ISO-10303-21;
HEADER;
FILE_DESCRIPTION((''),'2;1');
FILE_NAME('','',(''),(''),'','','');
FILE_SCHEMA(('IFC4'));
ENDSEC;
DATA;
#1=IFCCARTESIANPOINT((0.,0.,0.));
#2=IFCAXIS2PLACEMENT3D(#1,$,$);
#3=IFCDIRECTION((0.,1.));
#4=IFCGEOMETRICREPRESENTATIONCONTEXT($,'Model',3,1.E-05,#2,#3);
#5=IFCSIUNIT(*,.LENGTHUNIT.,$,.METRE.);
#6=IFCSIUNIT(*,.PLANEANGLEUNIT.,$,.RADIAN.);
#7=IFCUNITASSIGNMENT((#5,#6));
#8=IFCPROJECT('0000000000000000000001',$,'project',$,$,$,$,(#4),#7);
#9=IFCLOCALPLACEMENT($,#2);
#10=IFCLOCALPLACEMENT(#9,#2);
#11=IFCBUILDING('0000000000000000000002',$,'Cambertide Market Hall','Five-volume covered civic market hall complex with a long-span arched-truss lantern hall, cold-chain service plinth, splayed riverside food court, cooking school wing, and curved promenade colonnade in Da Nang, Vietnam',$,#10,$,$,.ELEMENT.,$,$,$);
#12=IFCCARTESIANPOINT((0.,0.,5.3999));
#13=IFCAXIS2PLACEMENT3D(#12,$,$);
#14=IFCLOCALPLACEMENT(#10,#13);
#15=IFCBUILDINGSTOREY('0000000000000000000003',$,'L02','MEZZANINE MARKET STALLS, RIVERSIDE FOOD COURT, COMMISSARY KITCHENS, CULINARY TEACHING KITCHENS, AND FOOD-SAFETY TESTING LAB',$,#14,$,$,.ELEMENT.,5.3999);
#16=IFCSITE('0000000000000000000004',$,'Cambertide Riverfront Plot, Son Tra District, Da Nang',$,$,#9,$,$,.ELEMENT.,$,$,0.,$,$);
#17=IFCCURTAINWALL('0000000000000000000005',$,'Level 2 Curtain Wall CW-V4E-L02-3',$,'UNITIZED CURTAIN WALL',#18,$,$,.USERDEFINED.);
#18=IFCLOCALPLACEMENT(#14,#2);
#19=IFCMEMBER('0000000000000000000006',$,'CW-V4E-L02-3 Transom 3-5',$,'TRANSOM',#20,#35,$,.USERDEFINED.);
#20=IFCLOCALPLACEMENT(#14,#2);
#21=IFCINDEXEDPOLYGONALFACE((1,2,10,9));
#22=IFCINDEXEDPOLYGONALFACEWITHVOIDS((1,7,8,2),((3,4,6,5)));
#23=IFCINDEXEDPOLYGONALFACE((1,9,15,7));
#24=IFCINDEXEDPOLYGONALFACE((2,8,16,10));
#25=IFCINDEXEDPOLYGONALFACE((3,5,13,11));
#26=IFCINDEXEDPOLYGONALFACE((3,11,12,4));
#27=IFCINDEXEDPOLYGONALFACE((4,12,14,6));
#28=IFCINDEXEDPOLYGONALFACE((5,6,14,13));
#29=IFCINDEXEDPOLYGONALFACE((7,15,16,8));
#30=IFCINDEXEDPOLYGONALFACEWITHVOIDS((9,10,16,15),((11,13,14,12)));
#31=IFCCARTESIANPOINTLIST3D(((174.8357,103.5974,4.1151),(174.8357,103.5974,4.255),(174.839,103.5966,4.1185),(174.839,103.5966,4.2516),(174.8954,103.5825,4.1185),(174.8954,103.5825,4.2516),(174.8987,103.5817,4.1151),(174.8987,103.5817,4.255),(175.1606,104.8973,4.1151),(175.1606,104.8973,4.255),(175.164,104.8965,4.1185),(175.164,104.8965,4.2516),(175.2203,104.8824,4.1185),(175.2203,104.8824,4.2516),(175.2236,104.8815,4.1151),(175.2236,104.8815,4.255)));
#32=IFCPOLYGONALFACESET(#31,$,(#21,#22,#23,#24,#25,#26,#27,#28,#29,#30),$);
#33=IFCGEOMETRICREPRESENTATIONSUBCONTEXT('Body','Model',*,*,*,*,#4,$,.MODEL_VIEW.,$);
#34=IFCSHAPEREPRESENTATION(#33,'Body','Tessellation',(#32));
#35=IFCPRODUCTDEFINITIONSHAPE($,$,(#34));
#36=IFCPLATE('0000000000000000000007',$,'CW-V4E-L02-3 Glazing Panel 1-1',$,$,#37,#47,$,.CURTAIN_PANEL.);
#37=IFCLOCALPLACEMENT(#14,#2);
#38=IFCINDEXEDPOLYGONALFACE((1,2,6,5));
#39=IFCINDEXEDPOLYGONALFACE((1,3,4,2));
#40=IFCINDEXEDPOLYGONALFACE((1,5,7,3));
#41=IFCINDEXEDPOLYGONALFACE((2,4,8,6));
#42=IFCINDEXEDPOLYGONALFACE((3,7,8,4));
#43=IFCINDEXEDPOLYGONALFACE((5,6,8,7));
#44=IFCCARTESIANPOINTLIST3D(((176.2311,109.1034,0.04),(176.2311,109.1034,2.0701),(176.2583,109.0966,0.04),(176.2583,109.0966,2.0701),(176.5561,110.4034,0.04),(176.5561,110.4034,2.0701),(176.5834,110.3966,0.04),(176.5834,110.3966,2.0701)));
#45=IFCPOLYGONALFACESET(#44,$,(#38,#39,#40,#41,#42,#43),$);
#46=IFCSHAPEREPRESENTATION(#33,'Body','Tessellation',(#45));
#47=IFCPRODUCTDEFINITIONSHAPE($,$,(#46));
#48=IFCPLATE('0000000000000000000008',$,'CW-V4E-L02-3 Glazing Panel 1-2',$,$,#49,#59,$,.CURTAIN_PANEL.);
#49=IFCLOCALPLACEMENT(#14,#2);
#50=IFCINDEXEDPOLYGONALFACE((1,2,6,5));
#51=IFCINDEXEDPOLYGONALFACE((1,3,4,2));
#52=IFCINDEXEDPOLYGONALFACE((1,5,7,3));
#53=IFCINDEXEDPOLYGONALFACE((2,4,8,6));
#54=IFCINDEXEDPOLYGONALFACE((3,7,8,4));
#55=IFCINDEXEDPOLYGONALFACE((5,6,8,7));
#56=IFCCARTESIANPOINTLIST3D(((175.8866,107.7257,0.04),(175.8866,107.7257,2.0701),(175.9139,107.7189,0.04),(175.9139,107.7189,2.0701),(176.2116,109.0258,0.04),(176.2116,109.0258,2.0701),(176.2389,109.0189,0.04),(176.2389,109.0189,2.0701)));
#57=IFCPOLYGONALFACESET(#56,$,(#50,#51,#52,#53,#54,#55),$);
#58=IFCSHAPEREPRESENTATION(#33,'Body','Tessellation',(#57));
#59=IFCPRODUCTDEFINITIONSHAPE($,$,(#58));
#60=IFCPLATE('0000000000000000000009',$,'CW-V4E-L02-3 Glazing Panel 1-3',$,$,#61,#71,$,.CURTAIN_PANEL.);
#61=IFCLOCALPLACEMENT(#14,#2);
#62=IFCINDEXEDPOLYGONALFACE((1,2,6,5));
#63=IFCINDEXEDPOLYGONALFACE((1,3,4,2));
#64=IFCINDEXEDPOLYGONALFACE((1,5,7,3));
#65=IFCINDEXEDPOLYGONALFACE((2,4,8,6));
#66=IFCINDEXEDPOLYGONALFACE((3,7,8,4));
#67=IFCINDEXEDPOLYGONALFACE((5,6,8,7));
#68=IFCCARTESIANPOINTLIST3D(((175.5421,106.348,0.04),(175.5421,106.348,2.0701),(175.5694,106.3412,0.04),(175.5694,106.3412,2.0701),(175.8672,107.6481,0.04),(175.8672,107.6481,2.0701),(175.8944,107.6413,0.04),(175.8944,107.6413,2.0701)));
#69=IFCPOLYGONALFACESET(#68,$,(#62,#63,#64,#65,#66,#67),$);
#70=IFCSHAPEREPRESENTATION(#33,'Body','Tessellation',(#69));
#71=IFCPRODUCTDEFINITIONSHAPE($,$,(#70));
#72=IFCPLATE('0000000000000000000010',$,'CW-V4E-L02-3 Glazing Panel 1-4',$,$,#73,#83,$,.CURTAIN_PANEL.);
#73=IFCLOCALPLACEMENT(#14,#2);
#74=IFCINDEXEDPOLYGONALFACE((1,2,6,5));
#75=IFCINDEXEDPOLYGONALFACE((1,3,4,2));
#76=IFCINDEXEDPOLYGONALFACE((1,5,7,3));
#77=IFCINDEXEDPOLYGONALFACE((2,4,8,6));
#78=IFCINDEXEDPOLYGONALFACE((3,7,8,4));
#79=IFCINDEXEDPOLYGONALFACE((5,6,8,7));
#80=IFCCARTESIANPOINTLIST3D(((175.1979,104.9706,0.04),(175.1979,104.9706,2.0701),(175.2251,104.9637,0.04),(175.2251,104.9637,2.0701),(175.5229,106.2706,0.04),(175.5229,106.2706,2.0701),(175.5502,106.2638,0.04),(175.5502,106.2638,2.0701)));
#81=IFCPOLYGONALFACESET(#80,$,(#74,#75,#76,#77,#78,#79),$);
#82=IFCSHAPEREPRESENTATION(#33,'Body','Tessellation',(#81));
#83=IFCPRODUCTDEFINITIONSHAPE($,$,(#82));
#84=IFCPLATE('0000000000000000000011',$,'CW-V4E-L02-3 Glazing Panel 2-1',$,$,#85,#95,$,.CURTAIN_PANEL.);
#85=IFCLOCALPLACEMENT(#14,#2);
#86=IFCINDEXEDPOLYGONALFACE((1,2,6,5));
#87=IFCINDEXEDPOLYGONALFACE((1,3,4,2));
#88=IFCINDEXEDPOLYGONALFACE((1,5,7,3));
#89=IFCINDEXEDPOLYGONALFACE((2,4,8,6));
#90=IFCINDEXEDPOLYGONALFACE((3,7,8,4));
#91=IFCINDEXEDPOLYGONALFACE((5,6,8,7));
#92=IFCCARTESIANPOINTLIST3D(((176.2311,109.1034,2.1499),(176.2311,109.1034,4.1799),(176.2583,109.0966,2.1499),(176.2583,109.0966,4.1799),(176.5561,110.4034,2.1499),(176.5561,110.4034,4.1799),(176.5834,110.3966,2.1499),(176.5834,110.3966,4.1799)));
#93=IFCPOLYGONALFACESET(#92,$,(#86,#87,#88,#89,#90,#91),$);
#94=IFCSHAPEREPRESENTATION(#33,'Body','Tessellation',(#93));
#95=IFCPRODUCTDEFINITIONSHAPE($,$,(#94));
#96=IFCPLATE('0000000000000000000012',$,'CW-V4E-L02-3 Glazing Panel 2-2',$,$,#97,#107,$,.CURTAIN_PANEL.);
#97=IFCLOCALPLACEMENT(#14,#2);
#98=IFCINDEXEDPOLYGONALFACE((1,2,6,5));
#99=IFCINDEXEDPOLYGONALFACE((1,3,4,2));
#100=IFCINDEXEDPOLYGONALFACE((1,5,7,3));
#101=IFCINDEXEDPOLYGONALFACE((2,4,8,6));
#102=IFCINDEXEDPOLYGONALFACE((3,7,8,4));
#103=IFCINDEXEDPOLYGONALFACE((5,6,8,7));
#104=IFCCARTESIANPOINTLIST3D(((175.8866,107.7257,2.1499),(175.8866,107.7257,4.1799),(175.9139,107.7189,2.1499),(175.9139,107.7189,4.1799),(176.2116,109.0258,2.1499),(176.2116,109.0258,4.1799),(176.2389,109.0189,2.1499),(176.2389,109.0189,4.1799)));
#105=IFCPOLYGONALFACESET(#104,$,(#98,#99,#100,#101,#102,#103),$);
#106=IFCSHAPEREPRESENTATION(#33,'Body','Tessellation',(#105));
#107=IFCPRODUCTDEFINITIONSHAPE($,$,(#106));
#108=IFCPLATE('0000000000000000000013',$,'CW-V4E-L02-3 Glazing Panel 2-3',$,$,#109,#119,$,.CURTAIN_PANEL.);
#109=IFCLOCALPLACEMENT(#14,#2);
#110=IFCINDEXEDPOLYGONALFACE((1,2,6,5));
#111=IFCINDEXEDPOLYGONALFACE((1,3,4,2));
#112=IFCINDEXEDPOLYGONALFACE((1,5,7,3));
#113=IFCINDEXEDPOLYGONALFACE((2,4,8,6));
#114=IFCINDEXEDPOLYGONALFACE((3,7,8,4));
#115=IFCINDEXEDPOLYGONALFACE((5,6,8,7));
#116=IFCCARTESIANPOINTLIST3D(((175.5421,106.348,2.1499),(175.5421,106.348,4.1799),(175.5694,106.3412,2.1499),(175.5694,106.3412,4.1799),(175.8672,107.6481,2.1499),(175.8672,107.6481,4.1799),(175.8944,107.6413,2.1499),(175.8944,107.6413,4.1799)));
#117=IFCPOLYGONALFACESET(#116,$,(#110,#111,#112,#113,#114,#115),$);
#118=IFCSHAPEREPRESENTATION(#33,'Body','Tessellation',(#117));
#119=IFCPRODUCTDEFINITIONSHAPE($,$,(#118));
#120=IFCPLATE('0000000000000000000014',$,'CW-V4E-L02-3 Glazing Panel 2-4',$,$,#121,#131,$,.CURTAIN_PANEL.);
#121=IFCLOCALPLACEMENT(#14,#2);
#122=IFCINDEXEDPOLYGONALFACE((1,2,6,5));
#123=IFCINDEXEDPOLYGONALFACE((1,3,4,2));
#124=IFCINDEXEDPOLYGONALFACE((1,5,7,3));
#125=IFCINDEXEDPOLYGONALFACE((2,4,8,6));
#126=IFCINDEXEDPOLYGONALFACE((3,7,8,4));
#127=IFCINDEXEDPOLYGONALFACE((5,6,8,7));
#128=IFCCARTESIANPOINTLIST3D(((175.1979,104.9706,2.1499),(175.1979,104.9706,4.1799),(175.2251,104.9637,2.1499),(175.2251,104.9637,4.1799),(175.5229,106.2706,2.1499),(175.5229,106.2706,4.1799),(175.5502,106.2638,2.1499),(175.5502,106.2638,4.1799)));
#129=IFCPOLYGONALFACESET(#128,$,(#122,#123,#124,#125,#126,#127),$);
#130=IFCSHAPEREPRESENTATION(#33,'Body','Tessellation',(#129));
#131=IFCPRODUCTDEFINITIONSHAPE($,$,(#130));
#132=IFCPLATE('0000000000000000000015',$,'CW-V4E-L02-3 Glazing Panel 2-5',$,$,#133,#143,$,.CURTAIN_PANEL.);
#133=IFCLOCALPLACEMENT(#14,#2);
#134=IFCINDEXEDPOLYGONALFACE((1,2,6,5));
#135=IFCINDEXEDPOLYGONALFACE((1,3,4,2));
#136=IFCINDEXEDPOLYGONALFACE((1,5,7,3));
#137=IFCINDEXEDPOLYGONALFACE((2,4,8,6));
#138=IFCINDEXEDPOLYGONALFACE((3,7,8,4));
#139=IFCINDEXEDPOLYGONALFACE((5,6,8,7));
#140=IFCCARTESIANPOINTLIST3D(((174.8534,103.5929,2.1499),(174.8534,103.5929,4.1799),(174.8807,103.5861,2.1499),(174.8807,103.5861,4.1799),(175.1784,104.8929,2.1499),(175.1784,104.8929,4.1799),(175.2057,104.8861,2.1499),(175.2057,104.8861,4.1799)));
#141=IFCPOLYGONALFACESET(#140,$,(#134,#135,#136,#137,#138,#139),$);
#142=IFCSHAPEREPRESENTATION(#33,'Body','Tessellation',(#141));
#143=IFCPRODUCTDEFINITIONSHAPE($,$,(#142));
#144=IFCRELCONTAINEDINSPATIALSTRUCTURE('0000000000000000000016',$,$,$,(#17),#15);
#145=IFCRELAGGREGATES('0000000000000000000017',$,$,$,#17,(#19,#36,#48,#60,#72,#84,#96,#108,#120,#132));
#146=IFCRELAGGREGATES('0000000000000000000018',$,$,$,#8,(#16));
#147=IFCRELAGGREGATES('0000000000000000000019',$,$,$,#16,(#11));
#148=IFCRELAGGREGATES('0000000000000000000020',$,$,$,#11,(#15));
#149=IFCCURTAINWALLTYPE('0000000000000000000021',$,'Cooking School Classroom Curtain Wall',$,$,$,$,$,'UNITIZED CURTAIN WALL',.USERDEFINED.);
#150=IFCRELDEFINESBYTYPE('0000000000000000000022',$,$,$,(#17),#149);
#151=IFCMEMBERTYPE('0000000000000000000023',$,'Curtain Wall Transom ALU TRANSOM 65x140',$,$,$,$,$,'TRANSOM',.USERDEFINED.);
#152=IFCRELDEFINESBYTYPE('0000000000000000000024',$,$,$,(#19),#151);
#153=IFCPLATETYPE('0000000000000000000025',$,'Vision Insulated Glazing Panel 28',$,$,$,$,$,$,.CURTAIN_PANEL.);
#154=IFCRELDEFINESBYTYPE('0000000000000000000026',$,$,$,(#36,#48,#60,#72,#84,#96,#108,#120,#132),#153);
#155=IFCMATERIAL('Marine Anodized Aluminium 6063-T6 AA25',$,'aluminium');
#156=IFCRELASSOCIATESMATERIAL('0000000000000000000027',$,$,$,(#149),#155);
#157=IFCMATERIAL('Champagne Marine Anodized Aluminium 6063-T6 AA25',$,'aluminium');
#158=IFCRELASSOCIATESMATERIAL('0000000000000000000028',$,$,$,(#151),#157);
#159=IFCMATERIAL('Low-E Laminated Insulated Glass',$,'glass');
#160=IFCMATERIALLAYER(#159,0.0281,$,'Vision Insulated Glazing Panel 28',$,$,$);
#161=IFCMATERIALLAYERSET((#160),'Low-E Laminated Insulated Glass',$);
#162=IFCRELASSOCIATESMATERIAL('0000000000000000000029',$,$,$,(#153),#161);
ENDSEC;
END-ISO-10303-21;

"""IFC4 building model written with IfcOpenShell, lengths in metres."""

from ifc_helpers import new_model, si_unit, direction, frame, origin, origin_2d, place, context, subcontext, project, spatial, rectangle, hollow_rectangle, extrude, material, layer, layer_set, material_profile, profile_set, type_object, element, aggregate, save


model = new_model("IFC4")

# Units and contexts
model_context = context("Model", 3, precision=1e-05, world=origin(), true_north=direction((0.0, 1.0)))
body_context = subcontext(model_context, "Body", "Model", "MODEL_VIEW")
ifc_project = project(units=[si_unit("LENGTHUNIT", "METRE"), si_unit("PLANEANGLEUNIT", "RADIAN")], contexts=[model_context])

# Site, building, storey
site_placement = place(None, origin())
site = spatial("IfcSite", under=ifc_project, at=site_placement, Name="Cambertide Riverfront Plot, Son Tra District, Da Nang", CompositionType="ELEMENT", RefElevation=0.0)
building_placement = place(site_placement, origin())
building = spatial("IfcBuilding", under=site, at=building_placement, Name="Cambertide Market Hall", Description="Five-volume covered civic market hall complex with a long-span arched-truss lantern hall, cold-chain service plinth, splayed riverside food court, cooking school wing, and curved promenade colonnade in Da Nang, Vietnam", CompositionType="ELEMENT")
storey_placement = place(building_placement, frame((0.0, 0.0, 5.3999)))
storey = spatial("IfcBuildingStorey", under=building, at=storey_placement, Name="L02", Description="MEZZANINE MARKET STALLS, RIVERSIDE FOOD COURT, COMMISSARY KITCHENS, CULINARY TEACHING KITCHENS, AND FOOD-SAFETY TESTING LAB", CompositionType="ELEMENT", Elevation=5.3999)

# Curtain wall, member, plates
ifc_material_1 = material(Name="Marine Anodized Aluminium 6063-T6 AA25", Category="aluminium")
curtain_wall_type = type_object("IfcCurtainWallType", Name="Cooking School Classroom Curtain Wall", ElementType="UNITIZED CURTAIN WALL", PredefinedType="USERDEFINED", material=ifc_material_1)
curtain_wall_placement = place(storey_placement, origin())
curtain_wall = element("IfcCurtainWall", 1, at=curtain_wall_placement, inside=storey, type_object=curtain_wall_type, Name="Level 2 Curtain Wall CW-V4E-L02-3", ObjectType="UNITIZED CURTAIN WALL", PredefinedType="USERDEFINED")
ifc_material_2 = material(Name="Champagne Marine Anodized Aluminium 6063-T6 AA25", Category="aluminium")
ifc_material_profile_1 = material_profile(ifc_material_2, hollow_rectangle(XDim=0.0649, YDim=0.1399, WallThickness=0.0034, at=origin_2d()), Name="ALU TRANSOM 65x140")
ifc_profile_set_1 = profile_set([ifc_material_profile_1], Name="Champagne Marine Anodized Aluminium 6063-T6 AA25")
member_type_1 = type_object("IfcMemberType", Name="Curtain Wall Transom ALU TRANSOM 65x140", ElementType="TRANSOM", PredefinedType="USERDEFINED", material=ifc_profile_set_1)
member_1_placement = place(storey_placement, frame((175.1921, 104.8894, 4.1851), z_axis=(-0.242536, -0.970143, 0.0), x_axis=(0.970143, -0.242536, 0.0)))
member_1 = element("IfcMember", 2, at=member_1_placement, type_object=member_type_1, Name="CW-V4E-L02-3 Transom 3-5", ObjectType="TRANSOM", PredefinedType="USERDEFINED", context=body_context, shape_type="SweptSolid", body=[
    extrude(hollow_rectangle(XDim=0.0649, YDim=0.1399, WallThickness=0.0034, at=origin_2d()), origin(), (0.0, 0.0, 1.0), 1.3398),
])
ifc_material_3 = material(Name="Low-E Laminated Insulated Glass", Category="glass")
ifc_layer = layer(ifc_material_3, 0.0281, Name="Vision Insulated Glazing Panel 28")
ifc_layer_set = layer_set([ifc_layer], Name="Low-E Laminated Insulated Glass")
plate_type = type_object("IfcPlateType", Name="Vision Insulated Glazing Panel 28", PredefinedType="CURTAIN_PANEL", material=ifc_layer_set)
plate_1_placement = place(storey_placement, frame((176.4072, 109.75, 0.04), z_axis=(0.0, 0.0, 1.0), x_axis=(-0.242536, -0.970143, 0.0)))
plate_1 = element("IfcPlate", 3, at=plate_1_placement, type_object=plate_type, Name="CW-V4E-L02-3 Glazing Panel 1-1", PredefinedType="CURTAIN_PANEL", context=body_context, shape_type="SweptSolid", body=[
    extrude(rectangle(XDim=1.3401, YDim=0.0281, at=origin_2d()), origin(), (0.0, 0.0, 1.0), 2.03),
])
plate_2_placement = place(storey_placement, frame((176.0627, 108.3723, 0.04), z_axis=(0.0, 0.0, 1.0), x_axis=(-0.242536, -0.970143, 0.0)))
plate_2 = element("IfcPlate", 4, at=plate_2_placement, type_object=plate_type, Name="CW-V4E-L02-3 Glazing Panel 1-2", PredefinedType="CURTAIN_PANEL", context=body_context, shape_type="SweptSolid", body=[
    extrude(rectangle(XDim=1.3401, YDim=0.0281, at=origin_2d()), origin(), (0.0, 0.0, 1.0), 2.03),
])
plate_3_placement = place(storey_placement, frame((175.7183, 106.9946, 0.04), z_axis=(0.0, 0.0, 1.0), x_axis=(-0.242536, -0.970143, 0.0)))
plate_3 = element("IfcPlate", 5, at=plate_3_placement, type_object=plate_type, Name="CW-V4E-L02-3 Glazing Panel 1-3", PredefinedType="CURTAIN_PANEL", context=body_context, shape_type="SweptSolid", body=[
    extrude(rectangle(XDim=1.3401, YDim=0.0281, at=origin_2d()), origin(), (0.0, 0.0, 1.0), 2.03),
])
plate_4_placement = place(storey_placement, frame((175.374, 105.6172, 0.04), z_axis=(0.0, 0.0, 1.0), x_axis=(-0.242536, -0.970143, 0.0)))
plate_4 = element("IfcPlate", 6, at=plate_4_placement, type_object=plate_type, Name="CW-V4E-L02-3 Glazing Panel 1-4", PredefinedType="CURTAIN_PANEL", context=body_context, shape_type="SweptSolid", body=[
    extrude(rectangle(XDim=1.3401, YDim=0.0281, at=origin_2d()), origin(), (0.0, 0.0, 1.0), 2.03),
])
plate_5_placement = place(storey_placement, frame((176.4072, 109.75, 2.1499), z_axis=(0.0, 0.0, 1.0), x_axis=(-0.242536, -0.970143, 0.0)))
plate_5 = element("IfcPlate", 7, at=plate_5_placement, type_object=plate_type, Name="CW-V4E-L02-3 Glazing Panel 2-1", PredefinedType="CURTAIN_PANEL", context=body_context, shape_type="SweptSolid", body=[
    extrude(rectangle(XDim=1.3401, YDim=0.0281, at=origin_2d()), origin(), (0.0, 0.0, 1.0), 2.03),
])
plate_6_placement = place(storey_placement, frame((176.0627, 108.3723, 2.1499), z_axis=(0.0, 0.0, 1.0), x_axis=(-0.242536, -0.970143, 0.0)))
plate_6 = element("IfcPlate", 8, at=plate_6_placement, type_object=plate_type, Name="CW-V4E-L02-3 Glazing Panel 2-2", PredefinedType="CURTAIN_PANEL", context=body_context, shape_type="SweptSolid", body=[
    extrude(rectangle(XDim=1.3401, YDim=0.0281, at=origin_2d()), origin(), (0.0, 0.0, 1.0), 2.03),
])
plate_7_placement = place(storey_placement, frame((175.7183, 106.9946, 2.1499), z_axis=(0.0, 0.0, 1.0), x_axis=(-0.242536, -0.970143, 0.0)))
plate_7 = element("IfcPlate", 9, at=plate_7_placement, type_object=plate_type, Name="CW-V4E-L02-3 Glazing Panel 2-3", PredefinedType="CURTAIN_PANEL", context=body_context, shape_type="SweptSolid", body=[
    extrude(rectangle(XDim=1.3401, YDim=0.0281, at=origin_2d()), origin(), (0.0, 0.0, 1.0), 2.03),
])
plate_8_placement = place(storey_placement, frame((175.374, 105.6172, 2.1499), z_axis=(0.0, 0.0, 1.0), x_axis=(-0.242536, -0.970143, 0.0)))
plate_8 = element("IfcPlate", 10, at=plate_8_placement, type_object=plate_type, Name="CW-V4E-L02-3 Glazing Panel 2-4", PredefinedType="CURTAIN_PANEL", context=body_context, shape_type="SweptSolid", body=[
    extrude(rectangle(XDim=1.3401, YDim=0.0281, at=origin_2d()), origin(), (0.0, 0.0, 1.0), 2.03),
])
plate_9_placement = place(storey_placement, frame((175.0295, 104.2395, 2.1499), z_axis=(0.0, 0.0, 1.0), x_axis=(-0.242536, -0.970143, 0.0)))
plate_9 = element("IfcPlate", 11, at=plate_9_placement, type_object=plate_type, Name="CW-V4E-L02-3 Glazing Panel 2-5", PredefinedType="CURTAIN_PANEL", context=body_context, shape_type="SweptSolid", body=[
    extrude(rectangle(XDim=1.3401, YDim=0.0281, at=origin_2d()), origin(), (0.0, 0.0, 1.0), 2.03),
])
aggregate(curtain_wall, [member_1, plate_1, plate_2, plate_3, plate_4, plate_5, plate_6, plate_7, plate_8, plate_9])

save(model, "model.ifc")
